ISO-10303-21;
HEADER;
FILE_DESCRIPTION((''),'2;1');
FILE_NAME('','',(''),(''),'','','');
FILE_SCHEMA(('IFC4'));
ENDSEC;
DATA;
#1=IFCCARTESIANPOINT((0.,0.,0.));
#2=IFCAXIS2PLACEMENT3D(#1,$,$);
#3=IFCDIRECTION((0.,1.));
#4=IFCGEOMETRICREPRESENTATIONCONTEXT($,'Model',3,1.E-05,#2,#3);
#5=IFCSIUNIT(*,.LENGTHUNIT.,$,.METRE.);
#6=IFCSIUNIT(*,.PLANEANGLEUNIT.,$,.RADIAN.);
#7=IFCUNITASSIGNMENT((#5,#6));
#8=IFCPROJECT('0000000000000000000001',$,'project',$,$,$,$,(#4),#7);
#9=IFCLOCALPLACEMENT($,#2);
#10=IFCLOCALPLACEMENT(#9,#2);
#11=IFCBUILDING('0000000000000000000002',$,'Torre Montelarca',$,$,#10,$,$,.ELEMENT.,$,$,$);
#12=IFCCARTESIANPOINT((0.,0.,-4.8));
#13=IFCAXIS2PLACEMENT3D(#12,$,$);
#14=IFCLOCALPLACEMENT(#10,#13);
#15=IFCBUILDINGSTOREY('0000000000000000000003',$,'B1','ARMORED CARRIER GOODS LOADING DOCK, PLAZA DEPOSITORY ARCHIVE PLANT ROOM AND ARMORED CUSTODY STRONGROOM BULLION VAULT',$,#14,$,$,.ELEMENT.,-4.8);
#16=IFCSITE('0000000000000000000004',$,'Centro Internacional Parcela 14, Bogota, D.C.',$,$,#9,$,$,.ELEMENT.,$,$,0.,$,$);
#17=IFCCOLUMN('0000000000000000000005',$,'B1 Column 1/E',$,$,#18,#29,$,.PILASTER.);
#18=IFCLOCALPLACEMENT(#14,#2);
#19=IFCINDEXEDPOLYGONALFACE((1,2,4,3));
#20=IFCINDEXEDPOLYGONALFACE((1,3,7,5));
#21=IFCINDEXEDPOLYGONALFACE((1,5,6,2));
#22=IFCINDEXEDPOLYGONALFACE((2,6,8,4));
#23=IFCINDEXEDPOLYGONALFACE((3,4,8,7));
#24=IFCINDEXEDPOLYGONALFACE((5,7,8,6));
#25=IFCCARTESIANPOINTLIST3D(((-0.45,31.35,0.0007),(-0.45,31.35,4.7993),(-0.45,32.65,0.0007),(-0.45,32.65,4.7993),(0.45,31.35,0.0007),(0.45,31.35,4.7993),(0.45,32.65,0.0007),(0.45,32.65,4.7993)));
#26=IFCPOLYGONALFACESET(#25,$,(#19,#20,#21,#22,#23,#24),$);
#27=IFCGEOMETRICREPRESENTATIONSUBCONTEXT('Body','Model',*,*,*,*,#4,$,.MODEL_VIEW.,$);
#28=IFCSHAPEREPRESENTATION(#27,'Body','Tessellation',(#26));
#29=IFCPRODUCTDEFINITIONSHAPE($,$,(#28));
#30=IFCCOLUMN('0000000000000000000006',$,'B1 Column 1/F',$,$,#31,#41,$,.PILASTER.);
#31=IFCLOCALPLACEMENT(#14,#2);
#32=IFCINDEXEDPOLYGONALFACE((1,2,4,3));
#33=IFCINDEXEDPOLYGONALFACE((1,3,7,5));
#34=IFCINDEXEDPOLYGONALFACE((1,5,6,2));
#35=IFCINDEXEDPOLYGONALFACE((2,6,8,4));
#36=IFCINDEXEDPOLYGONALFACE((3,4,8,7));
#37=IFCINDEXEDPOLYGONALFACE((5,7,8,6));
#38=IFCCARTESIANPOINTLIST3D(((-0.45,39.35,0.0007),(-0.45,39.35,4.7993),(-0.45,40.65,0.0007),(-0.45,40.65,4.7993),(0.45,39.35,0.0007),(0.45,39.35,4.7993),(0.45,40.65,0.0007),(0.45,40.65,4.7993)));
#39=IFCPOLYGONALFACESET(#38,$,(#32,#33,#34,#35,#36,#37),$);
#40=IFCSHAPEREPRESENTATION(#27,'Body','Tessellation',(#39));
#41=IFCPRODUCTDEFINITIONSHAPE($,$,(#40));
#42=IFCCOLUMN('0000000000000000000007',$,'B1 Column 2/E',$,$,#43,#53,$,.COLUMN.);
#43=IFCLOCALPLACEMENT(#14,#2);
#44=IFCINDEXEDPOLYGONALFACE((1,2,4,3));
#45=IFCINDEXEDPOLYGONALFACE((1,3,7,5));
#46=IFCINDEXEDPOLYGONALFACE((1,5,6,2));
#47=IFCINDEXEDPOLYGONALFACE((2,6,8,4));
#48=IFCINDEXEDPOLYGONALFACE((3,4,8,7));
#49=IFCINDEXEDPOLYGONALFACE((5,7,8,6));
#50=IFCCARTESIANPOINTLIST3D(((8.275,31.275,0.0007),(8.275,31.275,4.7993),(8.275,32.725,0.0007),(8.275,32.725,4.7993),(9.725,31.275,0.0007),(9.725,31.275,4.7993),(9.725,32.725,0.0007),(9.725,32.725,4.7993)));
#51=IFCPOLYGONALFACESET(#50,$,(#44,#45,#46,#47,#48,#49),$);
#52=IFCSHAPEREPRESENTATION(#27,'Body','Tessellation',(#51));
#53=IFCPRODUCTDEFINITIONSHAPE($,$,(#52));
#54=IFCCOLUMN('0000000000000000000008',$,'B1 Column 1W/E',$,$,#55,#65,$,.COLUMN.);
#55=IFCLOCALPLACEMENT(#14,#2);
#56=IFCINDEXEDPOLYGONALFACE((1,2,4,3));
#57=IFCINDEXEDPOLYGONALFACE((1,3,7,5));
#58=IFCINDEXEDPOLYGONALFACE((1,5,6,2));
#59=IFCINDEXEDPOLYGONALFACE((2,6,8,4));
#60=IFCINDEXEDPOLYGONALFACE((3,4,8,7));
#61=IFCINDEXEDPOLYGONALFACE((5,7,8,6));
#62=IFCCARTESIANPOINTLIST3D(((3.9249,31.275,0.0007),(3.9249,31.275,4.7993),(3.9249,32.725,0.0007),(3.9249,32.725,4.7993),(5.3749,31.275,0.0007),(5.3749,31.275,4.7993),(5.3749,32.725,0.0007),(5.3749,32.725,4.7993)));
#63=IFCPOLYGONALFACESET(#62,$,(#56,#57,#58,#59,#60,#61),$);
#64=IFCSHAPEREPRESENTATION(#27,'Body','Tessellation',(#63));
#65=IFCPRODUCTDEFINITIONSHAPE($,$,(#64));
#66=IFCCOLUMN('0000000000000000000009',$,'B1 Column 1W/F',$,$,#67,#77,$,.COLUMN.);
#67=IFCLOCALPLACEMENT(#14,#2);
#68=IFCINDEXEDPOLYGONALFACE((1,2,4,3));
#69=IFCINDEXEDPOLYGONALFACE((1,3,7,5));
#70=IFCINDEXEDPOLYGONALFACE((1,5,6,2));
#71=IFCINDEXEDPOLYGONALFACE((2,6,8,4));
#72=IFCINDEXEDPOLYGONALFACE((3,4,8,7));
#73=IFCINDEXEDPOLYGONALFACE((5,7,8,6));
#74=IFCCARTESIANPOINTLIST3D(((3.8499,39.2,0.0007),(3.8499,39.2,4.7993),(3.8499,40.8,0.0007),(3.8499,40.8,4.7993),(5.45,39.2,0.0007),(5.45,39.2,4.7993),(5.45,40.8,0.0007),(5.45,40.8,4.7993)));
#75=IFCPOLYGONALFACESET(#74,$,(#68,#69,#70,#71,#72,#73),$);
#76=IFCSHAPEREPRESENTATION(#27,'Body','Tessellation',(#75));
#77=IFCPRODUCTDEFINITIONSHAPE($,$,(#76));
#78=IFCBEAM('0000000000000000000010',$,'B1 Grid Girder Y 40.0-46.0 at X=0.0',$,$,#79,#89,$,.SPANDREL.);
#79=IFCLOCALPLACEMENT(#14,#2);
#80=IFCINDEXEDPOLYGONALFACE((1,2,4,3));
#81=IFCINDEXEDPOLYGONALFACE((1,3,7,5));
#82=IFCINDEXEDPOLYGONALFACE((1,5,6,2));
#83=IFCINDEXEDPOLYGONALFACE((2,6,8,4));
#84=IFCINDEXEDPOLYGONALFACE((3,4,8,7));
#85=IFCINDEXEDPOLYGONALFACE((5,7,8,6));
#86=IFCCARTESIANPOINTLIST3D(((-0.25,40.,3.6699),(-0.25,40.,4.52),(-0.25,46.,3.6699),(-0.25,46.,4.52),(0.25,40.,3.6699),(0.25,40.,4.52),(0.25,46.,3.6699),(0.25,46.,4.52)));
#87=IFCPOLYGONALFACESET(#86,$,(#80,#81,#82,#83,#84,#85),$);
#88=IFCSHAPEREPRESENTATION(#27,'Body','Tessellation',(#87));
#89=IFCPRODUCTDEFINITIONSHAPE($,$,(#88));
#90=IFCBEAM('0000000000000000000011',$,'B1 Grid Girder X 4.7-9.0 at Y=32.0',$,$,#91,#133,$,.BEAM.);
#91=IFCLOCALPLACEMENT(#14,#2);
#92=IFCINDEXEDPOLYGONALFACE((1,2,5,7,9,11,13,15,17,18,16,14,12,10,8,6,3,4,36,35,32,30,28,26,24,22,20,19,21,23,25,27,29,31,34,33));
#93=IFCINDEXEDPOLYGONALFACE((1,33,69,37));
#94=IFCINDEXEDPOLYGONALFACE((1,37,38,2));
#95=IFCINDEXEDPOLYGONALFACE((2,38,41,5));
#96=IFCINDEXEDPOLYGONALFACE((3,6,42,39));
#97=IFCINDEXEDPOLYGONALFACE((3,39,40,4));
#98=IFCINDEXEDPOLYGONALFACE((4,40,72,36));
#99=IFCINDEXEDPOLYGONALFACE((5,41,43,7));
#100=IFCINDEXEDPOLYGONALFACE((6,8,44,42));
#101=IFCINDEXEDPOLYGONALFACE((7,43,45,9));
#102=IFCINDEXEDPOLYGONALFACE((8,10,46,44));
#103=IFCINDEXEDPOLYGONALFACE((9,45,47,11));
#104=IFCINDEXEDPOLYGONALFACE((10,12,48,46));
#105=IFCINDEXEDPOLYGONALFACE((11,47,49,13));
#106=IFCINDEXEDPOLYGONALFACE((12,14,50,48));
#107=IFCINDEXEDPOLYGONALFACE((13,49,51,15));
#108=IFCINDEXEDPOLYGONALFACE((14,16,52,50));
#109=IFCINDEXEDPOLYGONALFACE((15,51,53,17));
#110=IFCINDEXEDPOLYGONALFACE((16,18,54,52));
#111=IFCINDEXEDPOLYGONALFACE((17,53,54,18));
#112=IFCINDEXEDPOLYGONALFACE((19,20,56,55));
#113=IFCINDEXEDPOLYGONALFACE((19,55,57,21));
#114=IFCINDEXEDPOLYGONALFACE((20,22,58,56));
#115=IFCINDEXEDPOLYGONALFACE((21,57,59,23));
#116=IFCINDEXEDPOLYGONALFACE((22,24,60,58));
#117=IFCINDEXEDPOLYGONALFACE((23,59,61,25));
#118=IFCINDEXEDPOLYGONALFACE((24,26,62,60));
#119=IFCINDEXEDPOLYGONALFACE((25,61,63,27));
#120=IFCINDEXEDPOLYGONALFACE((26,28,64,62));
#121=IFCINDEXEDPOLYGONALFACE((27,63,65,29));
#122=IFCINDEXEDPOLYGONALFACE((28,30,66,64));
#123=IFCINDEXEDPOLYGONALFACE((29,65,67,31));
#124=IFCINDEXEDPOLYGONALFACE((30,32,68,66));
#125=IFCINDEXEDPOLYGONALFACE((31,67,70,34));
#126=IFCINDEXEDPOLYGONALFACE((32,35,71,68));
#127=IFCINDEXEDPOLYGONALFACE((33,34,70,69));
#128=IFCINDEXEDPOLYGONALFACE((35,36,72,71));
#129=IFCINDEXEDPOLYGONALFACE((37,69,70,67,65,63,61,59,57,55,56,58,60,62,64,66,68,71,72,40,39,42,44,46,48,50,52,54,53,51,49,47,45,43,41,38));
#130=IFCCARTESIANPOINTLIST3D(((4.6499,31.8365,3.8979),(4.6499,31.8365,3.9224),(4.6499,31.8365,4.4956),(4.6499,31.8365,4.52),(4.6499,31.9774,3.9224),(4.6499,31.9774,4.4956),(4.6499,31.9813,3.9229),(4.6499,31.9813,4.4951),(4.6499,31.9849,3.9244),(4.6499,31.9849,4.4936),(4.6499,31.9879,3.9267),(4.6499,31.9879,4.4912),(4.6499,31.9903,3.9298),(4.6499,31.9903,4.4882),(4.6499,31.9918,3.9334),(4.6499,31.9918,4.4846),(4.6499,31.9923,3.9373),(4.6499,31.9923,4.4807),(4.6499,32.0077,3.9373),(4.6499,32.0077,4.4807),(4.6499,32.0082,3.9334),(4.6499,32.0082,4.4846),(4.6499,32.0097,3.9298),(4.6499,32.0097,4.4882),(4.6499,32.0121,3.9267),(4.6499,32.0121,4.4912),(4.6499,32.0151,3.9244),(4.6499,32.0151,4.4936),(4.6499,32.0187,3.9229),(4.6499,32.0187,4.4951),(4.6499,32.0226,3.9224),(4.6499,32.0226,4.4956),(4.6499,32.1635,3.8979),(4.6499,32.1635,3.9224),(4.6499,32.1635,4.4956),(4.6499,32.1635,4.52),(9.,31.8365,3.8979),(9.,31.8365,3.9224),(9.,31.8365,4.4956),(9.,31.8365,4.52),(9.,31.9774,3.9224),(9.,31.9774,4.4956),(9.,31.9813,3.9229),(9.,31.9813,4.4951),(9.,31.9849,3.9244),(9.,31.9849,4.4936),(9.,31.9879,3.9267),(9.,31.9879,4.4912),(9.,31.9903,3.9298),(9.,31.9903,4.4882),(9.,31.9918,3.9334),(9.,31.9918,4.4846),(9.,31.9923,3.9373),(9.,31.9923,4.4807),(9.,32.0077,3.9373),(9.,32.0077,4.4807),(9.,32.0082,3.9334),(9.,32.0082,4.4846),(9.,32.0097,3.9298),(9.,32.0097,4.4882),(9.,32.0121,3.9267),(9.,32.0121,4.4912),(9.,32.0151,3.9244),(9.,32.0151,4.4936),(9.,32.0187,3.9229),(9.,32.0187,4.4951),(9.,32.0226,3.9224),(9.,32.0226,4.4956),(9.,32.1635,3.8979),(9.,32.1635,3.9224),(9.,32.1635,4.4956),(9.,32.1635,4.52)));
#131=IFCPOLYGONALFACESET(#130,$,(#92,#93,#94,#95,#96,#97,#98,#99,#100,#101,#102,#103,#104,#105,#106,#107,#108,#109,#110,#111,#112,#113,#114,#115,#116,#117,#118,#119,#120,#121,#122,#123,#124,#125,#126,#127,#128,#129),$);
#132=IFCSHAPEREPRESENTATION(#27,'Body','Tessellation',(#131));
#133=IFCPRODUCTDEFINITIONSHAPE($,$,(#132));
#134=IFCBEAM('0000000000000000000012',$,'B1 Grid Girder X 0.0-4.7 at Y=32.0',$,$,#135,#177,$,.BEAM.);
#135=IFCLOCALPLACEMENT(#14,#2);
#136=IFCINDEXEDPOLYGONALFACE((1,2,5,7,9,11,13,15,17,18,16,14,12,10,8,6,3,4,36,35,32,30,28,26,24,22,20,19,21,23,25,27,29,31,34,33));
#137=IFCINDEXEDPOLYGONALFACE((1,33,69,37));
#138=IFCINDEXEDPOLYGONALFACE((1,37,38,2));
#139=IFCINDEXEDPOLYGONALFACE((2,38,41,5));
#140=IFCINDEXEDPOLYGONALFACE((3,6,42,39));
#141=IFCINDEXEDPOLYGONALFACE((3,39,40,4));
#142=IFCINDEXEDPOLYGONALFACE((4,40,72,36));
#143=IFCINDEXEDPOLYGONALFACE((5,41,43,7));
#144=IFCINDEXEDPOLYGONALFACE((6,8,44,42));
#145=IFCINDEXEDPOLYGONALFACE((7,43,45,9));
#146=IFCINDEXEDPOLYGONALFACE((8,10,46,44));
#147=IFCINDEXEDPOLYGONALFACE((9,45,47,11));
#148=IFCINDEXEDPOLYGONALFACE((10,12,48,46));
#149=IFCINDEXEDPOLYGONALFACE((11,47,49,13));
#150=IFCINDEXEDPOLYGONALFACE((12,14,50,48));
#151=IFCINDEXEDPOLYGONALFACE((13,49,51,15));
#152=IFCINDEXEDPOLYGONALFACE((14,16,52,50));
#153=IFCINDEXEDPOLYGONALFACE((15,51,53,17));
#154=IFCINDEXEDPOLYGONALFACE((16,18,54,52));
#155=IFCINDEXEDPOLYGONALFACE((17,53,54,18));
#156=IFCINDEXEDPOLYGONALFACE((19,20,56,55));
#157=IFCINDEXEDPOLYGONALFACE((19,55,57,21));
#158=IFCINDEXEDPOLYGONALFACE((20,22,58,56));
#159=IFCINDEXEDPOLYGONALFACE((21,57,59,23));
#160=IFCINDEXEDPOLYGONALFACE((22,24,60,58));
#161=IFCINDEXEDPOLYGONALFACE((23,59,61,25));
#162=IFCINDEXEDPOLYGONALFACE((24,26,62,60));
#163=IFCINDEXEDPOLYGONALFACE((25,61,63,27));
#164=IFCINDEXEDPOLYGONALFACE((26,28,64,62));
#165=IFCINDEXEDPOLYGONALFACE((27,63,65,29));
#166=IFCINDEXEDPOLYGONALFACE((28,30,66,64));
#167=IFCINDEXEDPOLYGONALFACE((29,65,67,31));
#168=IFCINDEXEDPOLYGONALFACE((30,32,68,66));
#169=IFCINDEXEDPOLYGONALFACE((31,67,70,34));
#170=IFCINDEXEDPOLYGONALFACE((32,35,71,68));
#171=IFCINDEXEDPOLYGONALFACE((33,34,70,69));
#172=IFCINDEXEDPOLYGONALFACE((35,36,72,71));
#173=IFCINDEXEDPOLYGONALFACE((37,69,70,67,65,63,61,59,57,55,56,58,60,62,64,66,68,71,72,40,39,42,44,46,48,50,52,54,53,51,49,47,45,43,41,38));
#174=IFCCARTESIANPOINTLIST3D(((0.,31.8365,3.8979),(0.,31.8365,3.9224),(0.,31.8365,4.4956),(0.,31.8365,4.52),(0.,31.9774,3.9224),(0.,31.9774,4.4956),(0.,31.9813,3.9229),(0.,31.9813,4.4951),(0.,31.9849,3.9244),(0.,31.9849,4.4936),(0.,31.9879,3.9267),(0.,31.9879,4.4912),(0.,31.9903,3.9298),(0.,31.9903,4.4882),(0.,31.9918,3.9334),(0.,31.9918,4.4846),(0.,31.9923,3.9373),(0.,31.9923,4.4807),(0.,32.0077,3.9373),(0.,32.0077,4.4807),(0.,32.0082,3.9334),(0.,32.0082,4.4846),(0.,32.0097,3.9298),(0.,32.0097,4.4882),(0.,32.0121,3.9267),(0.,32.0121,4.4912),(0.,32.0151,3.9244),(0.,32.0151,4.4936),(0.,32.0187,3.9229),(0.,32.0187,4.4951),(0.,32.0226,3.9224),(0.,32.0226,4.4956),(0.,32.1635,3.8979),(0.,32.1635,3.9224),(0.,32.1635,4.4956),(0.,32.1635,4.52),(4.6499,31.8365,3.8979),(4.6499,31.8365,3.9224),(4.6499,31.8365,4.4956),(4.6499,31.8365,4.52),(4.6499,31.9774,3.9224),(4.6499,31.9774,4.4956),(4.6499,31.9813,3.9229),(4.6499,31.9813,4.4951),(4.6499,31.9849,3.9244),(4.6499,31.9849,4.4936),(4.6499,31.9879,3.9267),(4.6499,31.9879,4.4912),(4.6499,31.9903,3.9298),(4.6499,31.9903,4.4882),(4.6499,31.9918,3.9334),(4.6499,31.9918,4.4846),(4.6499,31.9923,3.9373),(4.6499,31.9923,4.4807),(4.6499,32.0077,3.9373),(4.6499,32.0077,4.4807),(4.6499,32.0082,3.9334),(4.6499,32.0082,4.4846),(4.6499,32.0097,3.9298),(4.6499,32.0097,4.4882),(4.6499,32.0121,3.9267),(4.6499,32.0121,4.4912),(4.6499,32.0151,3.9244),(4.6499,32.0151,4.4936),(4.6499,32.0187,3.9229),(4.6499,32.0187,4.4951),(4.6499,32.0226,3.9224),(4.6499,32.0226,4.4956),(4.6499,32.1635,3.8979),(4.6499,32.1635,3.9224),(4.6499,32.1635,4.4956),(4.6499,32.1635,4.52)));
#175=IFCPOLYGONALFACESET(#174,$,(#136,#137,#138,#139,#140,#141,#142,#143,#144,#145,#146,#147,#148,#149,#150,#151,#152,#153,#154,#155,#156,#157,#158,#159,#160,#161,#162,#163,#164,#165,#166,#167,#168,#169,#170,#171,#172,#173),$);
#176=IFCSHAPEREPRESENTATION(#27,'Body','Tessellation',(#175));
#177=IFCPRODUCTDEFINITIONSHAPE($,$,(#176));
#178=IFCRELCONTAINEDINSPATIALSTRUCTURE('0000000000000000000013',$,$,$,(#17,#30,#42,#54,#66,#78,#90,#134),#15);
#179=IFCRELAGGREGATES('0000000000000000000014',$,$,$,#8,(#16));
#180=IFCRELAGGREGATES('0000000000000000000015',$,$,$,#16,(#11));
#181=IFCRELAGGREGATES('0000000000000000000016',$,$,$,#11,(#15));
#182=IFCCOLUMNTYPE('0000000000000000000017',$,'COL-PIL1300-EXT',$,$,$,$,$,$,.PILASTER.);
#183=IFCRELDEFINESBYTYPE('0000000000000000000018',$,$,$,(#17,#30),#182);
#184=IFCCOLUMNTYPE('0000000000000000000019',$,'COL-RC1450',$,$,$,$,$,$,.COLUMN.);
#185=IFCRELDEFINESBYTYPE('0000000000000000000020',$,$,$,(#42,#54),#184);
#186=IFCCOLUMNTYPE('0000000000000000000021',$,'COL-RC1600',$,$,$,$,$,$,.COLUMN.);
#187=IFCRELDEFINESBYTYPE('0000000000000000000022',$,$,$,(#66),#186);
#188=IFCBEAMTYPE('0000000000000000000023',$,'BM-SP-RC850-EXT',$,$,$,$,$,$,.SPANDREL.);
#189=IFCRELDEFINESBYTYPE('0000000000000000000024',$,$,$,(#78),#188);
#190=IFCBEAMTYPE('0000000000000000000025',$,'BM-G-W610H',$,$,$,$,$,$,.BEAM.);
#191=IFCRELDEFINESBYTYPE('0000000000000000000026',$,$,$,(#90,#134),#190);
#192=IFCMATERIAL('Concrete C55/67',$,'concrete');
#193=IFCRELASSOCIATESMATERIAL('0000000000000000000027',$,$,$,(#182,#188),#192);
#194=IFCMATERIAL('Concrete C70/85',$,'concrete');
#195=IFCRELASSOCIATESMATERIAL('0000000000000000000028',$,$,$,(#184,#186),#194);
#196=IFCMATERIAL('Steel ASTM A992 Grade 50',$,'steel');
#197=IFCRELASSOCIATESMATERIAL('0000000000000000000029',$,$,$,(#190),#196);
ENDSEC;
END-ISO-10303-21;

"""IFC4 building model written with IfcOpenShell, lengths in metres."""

from ifc_helpers import new_model, si_unit, direction, frame, origin, origin_2d, place, context, subcontext, project, spatial, rectangle, i_section, extrude, source, transform, mapped, material, material_profile, profile_set, type_object, element, save


model = new_model("IFC4")

# Units and contexts
model_context = context("Model", 3, precision=1e-05, world=origin(), true_north=direction((0.0, 1.0)))
body_context = subcontext(model_context, "Body", "Model", "MODEL_VIEW")
ifc_project = project(units=[si_unit("LENGTHUNIT", "METRE"), si_unit("PLANEANGLEUNIT", "RADIAN")], contexts=[model_context])

# Site, building, storey
site_placement = place(None, origin())
site = spatial("IfcSite", under=ifc_project, at=site_placement, Name="Centro Internacional Parcela 14, Bogota, D.C.", CompositionType="ELEMENT", RefElevation=0.0)
building_placement = place(site_placement, origin())
building = spatial("IfcBuilding", under=site, at=building_placement, Name="Torre Montelarca", CompositionType="ELEMENT")
storey_placement = place(building_placement, frame((0.0, 0.0, -4.8)))
storey = spatial("IfcBuildingStorey", under=building, at=storey_placement, Name="B1", Description="ARMORED CARRIER GOODS LOADING DOCK, PLAZA DEPOSITORY ARCHIVE PLANT ROOM AND ARMORED CUSTODY STRONGROOM BULLION VAULT", CompositionType="ELEMENT", Elevation=-4.8)

# Columns
ifc_material_1 = material(Name="Concrete C55/67", Category="concrete")
ifc_material_profile_1 = material_profile(ifc_material_1, rectangle(XDim=0.8999, YDim=1.3, at=origin_2d()), Name="RC1300X900", Category="concrete")
ifc_profile_set_1 = profile_set([ifc_material_profile_1], Name="Concrete C55/67")
column_type_1 = type_object("IfcColumnType", Name="COL-PIL1300-EXT", PredefinedType="PILASTER", material=ifc_profile_set_1)
shared_shape_1 = source(origin(), body_context, "Body", "SweptSolid", [
    extrude(rectangle(XDim=0.8999, YDim=1.3, at=origin_2d()), origin(), (0.0, 0.0, 1.0), 4.7986),
])
for number, where, z_axis, x_axis, name in (
    (1, (0.0, 32.0, 0.0007), (0.0, 0.0, 1.0), (1.0, 0.0, 0.0), "B1 Column 1/E"),
    (2, (0.0, 40.0, 0.0007), (0.0, 0.0, 1.0), (1.0, 0.0, 0.0), "B1 Column 1/F"),
):
    element("IfcColumn", number, at=place(storey_placement, frame(where, z_axis=z_axis, x_axis=x_axis)), inside=storey, type_object=column_type_1, Name=name, PredefinedType="PILASTER", context=body_context, shape_type="MappedRepresentation", body=[
        mapped(shared_shape_1, transform((0.0, 0.0, 0.0), scale=1.0)),
    ])
ifc_material_2 = material(Name="Concrete C70/85", Category="concrete")
ifc_material_profile_2 = material_profile(ifc_material_2, rectangle(XDim=1.45, YDim=1.45, at=origin_2d()), Name="RC1450X1450", Category="concrete")
ifc_profile_set_2 = profile_set([ifc_material_profile_2], Name="Concrete C70/85")
column_type_2 = type_object("IfcColumnType", Name="COL-RC1450", PredefinedType="COLUMN", material=ifc_profile_set_2)
shared_shape_2 = source(origin(), body_context, "Body", "SweptSolid", [
    extrude(rectangle(XDim=1.45, YDim=1.45, at=origin_2d()), origin(), (0.0, 0.0, 1.0), 4.7986),
])
for number, where, z_axis, x_axis, name in (
    (3, (9.0, 32.0, 0.0007), (0.0, 0.0, 1.0), (1.0, 0.0, 0.0), "B1 Column 2/E"),
    (4, (4.6499, 32.0, 0.0007), (0.0, 0.0, 1.0), (1.0, 0.0, 0.0), "B1 Column 1W/E"),
):
    element("IfcColumn", number, at=place(storey_placement, frame(where, z_axis=z_axis, x_axis=x_axis)), inside=storey, type_object=column_type_2, Name=name, PredefinedType="COLUMN", context=body_context, shape_type="MappedRepresentation", body=[
        mapped(shared_shape_2, transform((0.0, 0.0, 0.0), scale=1.0)),
    ])
ifc_material_profile_3 = material_profile(ifc_material_2, rectangle(XDim=1.6001, YDim=1.6001, at=origin_2d()), Name="RC1600X1600", Category="concrete")
ifc_profile_set_3 = profile_set([ifc_material_profile_3], Name="Concrete C70/85")
column_type_3 = type_object("IfcColumnType", Name="COL-RC1600", PredefinedType="COLUMN", material=ifc_profile_set_3)
shared_shape_3 = source(origin(), body_context, "Body", "SweptSolid", [
    extrude(rectangle(XDim=1.6001, YDim=1.6001, at=origin_2d()), origin(), (0.0, 0.0, 1.0), 4.7986),
])
column_placement = place(storey_placement, frame((4.6499, 40.0, 0.0007), z_axis=(0.0, 0.0, 1.0), x_axis=(1.0, 0.0, 0.0)))
element("IfcColumn", 5, at=column_placement, inside=storey, type_object=column_type_3, Name="B1 Column 1W/F", PredefinedType="COLUMN", context=body_context, shape_type="MappedRepresentation", body=[
    mapped(shared_shape_3, transform((0.0, 0.0, 0.0), scale=1.0)),
])

# Beams
ifc_material_profile_4 = material_profile(ifc_material_1, rectangle(XDim=0.5, YDim=0.8501, at=origin_2d()), Name="RCB500X850", Category="concrete")
ifc_profile_set_4 = profile_set([ifc_material_profile_4], Name="Concrete C55/67")
beam_type_1 = type_object("IfcBeamType", Name="BM-SP-RC850-EXT", PredefinedType="SPANDREL", material=ifc_profile_set_4)
shared_shape_4 = source(origin(), body_context, "Body", "SweptSolid", [
    extrude(rectangle(XDim=0.5, YDim=0.8501, at=origin_2d()), origin(), (0.0, 0.0, 1.0), 6.0),
])
beam_1_placement = place(storey_placement, frame((0.0, 40.0, 4.095), z_axis=(0.0, 1.0, 0.0), x_axis=(-1.0, 0.0, 0.0)))
element("IfcBeam", 6, at=beam_1_placement, inside=storey, type_object=beam_type_1, Name="B1 Grid Girder Y 40.0-46.0 at X=0.0", PredefinedType="SPANDREL", context=body_context, shape_type="MappedRepresentation", body=[
    mapped(shared_shape_4, transform((0.0, 0.0, 0.0), scale=1.0)),
])
ifc_material_3 = material(Name="Steel ASTM A992 Grade 50", Category="steel")
ifc_material_profile_5 = material_profile(ifc_material_3, i_section(OverallWidth=0.3269, OverallDepth=0.6221, WebThickness=0.0154, FlangeThickness=0.0244, FilletRadius=0.0149, at=origin_2d()), Name="W610X195", Category="steel")
ifc_profile_set_5 = profile_set([ifc_material_profile_5], Name="Steel ASTM A992 Grade 50")
beam_type_2 = type_object("IfcBeamType", Name="BM-G-W610H", PredefinedType="BEAM", material=ifc_profile_set_5)
shared_shape_5 = source(origin(), body_context, "Body", "SweptSolid", [
    extrude(i_section(OverallWidth=0.3269, OverallDepth=0.6221, WebThickness=0.0154, FlangeThickness=0.0244, FilletRadius=0.0149, at=origin_2d()), origin(), (0.0, 0.0, 1.0), 4.3501),
])
beam_2_placement = place(storey_placement, frame((4.6499, 32.0, 4.209), z_axis=(1.0, 0.0, 0.0), x_axis=(0.0, 1.0, 0.0)))
element("IfcBeam", 7, at=beam_2_placement, inside=storey, type_object=beam_type_2, Name="B1 Grid Girder X 4.7-9.0 at Y=32.0", PredefinedType="BEAM", context=body_context, shape_type="MappedRepresentation", body=[
    mapped(shared_shape_5, transform((0.0, 0.0, 0.0), scale=1.0)),
])
shared_shape_6 = source(origin(), body_context, "Body", "SweptSolid", [
    extrude(i_section(OverallWidth=0.3269, OverallDepth=0.6221, WebThickness=0.0154, FlangeThickness=0.0244, FilletRadius=0.0149, at=origin_2d()), origin(), (0.0, 0.0, 1.0), 4.6499),
])
for number, where, z_axis, x_axis, name in (
    (8, (0.0, 32.0, 4.209), (1.0, 0.0, 0.0), (0.0, 1.0, 0.0), "B1 Grid Girder X 0.0-4.7 at Y=32.0"),
):
    element("IfcBeam", number, at=place(storey_placement, frame(where, z_axis=z_axis, x_axis=x_axis)), inside=storey, type_object=beam_type_2, Name=name, PredefinedType="BEAM", context=body_context, shape_type="MappedRepresentation", body=[
        mapped(shared_shape_6, transform((0.0, 0.0, 0.0), scale=1.0)),
    ])

save(model, "model.ifc")
